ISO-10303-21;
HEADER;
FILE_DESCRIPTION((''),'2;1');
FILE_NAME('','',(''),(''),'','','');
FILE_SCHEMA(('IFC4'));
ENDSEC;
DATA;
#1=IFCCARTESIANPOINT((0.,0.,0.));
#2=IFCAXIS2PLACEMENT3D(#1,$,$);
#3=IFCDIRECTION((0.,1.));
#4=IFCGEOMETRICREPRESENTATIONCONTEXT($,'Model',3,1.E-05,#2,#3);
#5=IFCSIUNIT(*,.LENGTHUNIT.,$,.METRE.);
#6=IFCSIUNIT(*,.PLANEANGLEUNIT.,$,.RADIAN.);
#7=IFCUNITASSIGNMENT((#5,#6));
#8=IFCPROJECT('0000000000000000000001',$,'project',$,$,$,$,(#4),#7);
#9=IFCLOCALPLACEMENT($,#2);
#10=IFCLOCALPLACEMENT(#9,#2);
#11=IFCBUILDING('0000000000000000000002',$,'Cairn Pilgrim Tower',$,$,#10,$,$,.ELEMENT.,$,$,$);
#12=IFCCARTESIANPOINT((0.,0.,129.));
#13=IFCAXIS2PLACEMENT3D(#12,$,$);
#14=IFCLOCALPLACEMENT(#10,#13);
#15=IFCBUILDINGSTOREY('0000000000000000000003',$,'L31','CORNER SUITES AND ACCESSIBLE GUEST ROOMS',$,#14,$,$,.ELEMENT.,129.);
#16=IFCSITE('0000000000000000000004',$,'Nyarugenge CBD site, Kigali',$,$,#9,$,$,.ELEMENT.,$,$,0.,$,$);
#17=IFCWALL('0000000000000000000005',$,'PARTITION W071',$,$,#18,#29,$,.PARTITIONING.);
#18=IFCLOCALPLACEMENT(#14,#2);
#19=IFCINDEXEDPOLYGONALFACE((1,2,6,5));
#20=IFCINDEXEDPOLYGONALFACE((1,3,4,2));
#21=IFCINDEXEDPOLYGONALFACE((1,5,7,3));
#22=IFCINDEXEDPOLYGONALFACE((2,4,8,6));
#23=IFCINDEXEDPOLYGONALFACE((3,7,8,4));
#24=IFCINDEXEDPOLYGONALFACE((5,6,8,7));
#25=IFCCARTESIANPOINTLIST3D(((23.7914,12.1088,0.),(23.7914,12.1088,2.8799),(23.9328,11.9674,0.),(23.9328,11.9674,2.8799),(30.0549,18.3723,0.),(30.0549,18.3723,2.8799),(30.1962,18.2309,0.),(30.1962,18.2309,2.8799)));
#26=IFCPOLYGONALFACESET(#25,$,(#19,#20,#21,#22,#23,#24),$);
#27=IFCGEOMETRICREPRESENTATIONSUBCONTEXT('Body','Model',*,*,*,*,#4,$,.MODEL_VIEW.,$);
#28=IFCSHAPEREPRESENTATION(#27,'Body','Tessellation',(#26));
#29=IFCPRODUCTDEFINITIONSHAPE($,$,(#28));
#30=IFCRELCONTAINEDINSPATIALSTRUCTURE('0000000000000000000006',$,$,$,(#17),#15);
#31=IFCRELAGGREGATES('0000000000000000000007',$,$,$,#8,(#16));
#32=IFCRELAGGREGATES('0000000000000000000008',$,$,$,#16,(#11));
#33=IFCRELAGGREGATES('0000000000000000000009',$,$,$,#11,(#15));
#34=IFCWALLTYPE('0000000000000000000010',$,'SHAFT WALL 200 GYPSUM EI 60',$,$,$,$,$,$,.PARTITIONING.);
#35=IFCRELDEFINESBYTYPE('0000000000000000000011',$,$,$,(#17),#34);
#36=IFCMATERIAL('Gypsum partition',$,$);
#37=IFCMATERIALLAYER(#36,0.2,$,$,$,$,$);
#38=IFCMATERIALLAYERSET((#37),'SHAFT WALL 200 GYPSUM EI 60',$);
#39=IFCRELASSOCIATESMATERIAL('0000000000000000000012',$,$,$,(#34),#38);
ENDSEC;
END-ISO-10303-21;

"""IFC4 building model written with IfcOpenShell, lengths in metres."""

from ifc_helpers import new_model, si_unit, direction, frame, frame_2d, origin, place, context, subcontext, project, spatial, rectangle, extrude, material, layer, layer_set, type_object, element, save


model = new_model("IFC4")

# Units and contexts
model_context = context("Model", 3, precision=1e-05, world=origin(), true_north=direction((0.0, 1.0)))
body_context = subcontext(model_context, "Body", "Model", "MODEL_VIEW")
ifc_project = project(units=[si_unit("LENGTHUNIT", "METRE"), si_unit("PLANEANGLEUNIT", "RADIAN")], contexts=[model_context])

# Site, building, storey
site_placement = place(None, origin())
site = spatial("IfcSite", under=ifc_project, at=site_placement, Name="Nyarugenge CBD site, Kigali", CompositionType="ELEMENT", RefElevation=0.0)
building_placement = place(site_placement, origin())
building = spatial("IfcBuilding", under=site, at=building_placement, Name="Cairn Pilgrim Tower", CompositionType="ELEMENT")
storey_placement = place(building_placement, frame((0.0, 0.0, 129.0)))
storey = spatial("IfcBuildingStorey", under=building, at=storey_placement, Name="L31", Description="CORNER SUITES AND ACCESSIBLE GUEST ROOMS", CompositionType="ELEMENT", Elevation=129.0)

# Shared definitions
ifc_material_1 = material(Name="Gypsum partition")

# Wall
ifc_layer_1 = layer(ifc_material_1, 0.2)
ifc_layer_set_1 = layer_set([ifc_layer_1], Name="SHAFT WALL 200 GYPSUM EI 60")
wall_type_1 = type_object("IfcWallType", Name="SHAFT WALL 200 GYPSUM EI 60", PredefinedType="PARTITIONING", material=ifc_layer_set_1)
wall_1_placement = place(storey_placement, frame((23.8621, 12.0381, 0.0), z_axis=(0.0, 0.0, 1.0), x_axis=(0.707107, 0.707107, 0.0)))
element("IfcWall", 1, at=wall_1_placement, inside=storey, type_object=wall_type_1, Name="PARTITION W071", PredefinedType="PARTITIONING", context=body_context, shape_type="SweptSolid", body=[
    extrude(rectangle(XDim=8.8579, YDim=0.2, at=frame_2d((4.429, 0.0))), origin(), (0.0, 0.0, 1.0), 2.8799),
])

save(model, "model.ifc")
